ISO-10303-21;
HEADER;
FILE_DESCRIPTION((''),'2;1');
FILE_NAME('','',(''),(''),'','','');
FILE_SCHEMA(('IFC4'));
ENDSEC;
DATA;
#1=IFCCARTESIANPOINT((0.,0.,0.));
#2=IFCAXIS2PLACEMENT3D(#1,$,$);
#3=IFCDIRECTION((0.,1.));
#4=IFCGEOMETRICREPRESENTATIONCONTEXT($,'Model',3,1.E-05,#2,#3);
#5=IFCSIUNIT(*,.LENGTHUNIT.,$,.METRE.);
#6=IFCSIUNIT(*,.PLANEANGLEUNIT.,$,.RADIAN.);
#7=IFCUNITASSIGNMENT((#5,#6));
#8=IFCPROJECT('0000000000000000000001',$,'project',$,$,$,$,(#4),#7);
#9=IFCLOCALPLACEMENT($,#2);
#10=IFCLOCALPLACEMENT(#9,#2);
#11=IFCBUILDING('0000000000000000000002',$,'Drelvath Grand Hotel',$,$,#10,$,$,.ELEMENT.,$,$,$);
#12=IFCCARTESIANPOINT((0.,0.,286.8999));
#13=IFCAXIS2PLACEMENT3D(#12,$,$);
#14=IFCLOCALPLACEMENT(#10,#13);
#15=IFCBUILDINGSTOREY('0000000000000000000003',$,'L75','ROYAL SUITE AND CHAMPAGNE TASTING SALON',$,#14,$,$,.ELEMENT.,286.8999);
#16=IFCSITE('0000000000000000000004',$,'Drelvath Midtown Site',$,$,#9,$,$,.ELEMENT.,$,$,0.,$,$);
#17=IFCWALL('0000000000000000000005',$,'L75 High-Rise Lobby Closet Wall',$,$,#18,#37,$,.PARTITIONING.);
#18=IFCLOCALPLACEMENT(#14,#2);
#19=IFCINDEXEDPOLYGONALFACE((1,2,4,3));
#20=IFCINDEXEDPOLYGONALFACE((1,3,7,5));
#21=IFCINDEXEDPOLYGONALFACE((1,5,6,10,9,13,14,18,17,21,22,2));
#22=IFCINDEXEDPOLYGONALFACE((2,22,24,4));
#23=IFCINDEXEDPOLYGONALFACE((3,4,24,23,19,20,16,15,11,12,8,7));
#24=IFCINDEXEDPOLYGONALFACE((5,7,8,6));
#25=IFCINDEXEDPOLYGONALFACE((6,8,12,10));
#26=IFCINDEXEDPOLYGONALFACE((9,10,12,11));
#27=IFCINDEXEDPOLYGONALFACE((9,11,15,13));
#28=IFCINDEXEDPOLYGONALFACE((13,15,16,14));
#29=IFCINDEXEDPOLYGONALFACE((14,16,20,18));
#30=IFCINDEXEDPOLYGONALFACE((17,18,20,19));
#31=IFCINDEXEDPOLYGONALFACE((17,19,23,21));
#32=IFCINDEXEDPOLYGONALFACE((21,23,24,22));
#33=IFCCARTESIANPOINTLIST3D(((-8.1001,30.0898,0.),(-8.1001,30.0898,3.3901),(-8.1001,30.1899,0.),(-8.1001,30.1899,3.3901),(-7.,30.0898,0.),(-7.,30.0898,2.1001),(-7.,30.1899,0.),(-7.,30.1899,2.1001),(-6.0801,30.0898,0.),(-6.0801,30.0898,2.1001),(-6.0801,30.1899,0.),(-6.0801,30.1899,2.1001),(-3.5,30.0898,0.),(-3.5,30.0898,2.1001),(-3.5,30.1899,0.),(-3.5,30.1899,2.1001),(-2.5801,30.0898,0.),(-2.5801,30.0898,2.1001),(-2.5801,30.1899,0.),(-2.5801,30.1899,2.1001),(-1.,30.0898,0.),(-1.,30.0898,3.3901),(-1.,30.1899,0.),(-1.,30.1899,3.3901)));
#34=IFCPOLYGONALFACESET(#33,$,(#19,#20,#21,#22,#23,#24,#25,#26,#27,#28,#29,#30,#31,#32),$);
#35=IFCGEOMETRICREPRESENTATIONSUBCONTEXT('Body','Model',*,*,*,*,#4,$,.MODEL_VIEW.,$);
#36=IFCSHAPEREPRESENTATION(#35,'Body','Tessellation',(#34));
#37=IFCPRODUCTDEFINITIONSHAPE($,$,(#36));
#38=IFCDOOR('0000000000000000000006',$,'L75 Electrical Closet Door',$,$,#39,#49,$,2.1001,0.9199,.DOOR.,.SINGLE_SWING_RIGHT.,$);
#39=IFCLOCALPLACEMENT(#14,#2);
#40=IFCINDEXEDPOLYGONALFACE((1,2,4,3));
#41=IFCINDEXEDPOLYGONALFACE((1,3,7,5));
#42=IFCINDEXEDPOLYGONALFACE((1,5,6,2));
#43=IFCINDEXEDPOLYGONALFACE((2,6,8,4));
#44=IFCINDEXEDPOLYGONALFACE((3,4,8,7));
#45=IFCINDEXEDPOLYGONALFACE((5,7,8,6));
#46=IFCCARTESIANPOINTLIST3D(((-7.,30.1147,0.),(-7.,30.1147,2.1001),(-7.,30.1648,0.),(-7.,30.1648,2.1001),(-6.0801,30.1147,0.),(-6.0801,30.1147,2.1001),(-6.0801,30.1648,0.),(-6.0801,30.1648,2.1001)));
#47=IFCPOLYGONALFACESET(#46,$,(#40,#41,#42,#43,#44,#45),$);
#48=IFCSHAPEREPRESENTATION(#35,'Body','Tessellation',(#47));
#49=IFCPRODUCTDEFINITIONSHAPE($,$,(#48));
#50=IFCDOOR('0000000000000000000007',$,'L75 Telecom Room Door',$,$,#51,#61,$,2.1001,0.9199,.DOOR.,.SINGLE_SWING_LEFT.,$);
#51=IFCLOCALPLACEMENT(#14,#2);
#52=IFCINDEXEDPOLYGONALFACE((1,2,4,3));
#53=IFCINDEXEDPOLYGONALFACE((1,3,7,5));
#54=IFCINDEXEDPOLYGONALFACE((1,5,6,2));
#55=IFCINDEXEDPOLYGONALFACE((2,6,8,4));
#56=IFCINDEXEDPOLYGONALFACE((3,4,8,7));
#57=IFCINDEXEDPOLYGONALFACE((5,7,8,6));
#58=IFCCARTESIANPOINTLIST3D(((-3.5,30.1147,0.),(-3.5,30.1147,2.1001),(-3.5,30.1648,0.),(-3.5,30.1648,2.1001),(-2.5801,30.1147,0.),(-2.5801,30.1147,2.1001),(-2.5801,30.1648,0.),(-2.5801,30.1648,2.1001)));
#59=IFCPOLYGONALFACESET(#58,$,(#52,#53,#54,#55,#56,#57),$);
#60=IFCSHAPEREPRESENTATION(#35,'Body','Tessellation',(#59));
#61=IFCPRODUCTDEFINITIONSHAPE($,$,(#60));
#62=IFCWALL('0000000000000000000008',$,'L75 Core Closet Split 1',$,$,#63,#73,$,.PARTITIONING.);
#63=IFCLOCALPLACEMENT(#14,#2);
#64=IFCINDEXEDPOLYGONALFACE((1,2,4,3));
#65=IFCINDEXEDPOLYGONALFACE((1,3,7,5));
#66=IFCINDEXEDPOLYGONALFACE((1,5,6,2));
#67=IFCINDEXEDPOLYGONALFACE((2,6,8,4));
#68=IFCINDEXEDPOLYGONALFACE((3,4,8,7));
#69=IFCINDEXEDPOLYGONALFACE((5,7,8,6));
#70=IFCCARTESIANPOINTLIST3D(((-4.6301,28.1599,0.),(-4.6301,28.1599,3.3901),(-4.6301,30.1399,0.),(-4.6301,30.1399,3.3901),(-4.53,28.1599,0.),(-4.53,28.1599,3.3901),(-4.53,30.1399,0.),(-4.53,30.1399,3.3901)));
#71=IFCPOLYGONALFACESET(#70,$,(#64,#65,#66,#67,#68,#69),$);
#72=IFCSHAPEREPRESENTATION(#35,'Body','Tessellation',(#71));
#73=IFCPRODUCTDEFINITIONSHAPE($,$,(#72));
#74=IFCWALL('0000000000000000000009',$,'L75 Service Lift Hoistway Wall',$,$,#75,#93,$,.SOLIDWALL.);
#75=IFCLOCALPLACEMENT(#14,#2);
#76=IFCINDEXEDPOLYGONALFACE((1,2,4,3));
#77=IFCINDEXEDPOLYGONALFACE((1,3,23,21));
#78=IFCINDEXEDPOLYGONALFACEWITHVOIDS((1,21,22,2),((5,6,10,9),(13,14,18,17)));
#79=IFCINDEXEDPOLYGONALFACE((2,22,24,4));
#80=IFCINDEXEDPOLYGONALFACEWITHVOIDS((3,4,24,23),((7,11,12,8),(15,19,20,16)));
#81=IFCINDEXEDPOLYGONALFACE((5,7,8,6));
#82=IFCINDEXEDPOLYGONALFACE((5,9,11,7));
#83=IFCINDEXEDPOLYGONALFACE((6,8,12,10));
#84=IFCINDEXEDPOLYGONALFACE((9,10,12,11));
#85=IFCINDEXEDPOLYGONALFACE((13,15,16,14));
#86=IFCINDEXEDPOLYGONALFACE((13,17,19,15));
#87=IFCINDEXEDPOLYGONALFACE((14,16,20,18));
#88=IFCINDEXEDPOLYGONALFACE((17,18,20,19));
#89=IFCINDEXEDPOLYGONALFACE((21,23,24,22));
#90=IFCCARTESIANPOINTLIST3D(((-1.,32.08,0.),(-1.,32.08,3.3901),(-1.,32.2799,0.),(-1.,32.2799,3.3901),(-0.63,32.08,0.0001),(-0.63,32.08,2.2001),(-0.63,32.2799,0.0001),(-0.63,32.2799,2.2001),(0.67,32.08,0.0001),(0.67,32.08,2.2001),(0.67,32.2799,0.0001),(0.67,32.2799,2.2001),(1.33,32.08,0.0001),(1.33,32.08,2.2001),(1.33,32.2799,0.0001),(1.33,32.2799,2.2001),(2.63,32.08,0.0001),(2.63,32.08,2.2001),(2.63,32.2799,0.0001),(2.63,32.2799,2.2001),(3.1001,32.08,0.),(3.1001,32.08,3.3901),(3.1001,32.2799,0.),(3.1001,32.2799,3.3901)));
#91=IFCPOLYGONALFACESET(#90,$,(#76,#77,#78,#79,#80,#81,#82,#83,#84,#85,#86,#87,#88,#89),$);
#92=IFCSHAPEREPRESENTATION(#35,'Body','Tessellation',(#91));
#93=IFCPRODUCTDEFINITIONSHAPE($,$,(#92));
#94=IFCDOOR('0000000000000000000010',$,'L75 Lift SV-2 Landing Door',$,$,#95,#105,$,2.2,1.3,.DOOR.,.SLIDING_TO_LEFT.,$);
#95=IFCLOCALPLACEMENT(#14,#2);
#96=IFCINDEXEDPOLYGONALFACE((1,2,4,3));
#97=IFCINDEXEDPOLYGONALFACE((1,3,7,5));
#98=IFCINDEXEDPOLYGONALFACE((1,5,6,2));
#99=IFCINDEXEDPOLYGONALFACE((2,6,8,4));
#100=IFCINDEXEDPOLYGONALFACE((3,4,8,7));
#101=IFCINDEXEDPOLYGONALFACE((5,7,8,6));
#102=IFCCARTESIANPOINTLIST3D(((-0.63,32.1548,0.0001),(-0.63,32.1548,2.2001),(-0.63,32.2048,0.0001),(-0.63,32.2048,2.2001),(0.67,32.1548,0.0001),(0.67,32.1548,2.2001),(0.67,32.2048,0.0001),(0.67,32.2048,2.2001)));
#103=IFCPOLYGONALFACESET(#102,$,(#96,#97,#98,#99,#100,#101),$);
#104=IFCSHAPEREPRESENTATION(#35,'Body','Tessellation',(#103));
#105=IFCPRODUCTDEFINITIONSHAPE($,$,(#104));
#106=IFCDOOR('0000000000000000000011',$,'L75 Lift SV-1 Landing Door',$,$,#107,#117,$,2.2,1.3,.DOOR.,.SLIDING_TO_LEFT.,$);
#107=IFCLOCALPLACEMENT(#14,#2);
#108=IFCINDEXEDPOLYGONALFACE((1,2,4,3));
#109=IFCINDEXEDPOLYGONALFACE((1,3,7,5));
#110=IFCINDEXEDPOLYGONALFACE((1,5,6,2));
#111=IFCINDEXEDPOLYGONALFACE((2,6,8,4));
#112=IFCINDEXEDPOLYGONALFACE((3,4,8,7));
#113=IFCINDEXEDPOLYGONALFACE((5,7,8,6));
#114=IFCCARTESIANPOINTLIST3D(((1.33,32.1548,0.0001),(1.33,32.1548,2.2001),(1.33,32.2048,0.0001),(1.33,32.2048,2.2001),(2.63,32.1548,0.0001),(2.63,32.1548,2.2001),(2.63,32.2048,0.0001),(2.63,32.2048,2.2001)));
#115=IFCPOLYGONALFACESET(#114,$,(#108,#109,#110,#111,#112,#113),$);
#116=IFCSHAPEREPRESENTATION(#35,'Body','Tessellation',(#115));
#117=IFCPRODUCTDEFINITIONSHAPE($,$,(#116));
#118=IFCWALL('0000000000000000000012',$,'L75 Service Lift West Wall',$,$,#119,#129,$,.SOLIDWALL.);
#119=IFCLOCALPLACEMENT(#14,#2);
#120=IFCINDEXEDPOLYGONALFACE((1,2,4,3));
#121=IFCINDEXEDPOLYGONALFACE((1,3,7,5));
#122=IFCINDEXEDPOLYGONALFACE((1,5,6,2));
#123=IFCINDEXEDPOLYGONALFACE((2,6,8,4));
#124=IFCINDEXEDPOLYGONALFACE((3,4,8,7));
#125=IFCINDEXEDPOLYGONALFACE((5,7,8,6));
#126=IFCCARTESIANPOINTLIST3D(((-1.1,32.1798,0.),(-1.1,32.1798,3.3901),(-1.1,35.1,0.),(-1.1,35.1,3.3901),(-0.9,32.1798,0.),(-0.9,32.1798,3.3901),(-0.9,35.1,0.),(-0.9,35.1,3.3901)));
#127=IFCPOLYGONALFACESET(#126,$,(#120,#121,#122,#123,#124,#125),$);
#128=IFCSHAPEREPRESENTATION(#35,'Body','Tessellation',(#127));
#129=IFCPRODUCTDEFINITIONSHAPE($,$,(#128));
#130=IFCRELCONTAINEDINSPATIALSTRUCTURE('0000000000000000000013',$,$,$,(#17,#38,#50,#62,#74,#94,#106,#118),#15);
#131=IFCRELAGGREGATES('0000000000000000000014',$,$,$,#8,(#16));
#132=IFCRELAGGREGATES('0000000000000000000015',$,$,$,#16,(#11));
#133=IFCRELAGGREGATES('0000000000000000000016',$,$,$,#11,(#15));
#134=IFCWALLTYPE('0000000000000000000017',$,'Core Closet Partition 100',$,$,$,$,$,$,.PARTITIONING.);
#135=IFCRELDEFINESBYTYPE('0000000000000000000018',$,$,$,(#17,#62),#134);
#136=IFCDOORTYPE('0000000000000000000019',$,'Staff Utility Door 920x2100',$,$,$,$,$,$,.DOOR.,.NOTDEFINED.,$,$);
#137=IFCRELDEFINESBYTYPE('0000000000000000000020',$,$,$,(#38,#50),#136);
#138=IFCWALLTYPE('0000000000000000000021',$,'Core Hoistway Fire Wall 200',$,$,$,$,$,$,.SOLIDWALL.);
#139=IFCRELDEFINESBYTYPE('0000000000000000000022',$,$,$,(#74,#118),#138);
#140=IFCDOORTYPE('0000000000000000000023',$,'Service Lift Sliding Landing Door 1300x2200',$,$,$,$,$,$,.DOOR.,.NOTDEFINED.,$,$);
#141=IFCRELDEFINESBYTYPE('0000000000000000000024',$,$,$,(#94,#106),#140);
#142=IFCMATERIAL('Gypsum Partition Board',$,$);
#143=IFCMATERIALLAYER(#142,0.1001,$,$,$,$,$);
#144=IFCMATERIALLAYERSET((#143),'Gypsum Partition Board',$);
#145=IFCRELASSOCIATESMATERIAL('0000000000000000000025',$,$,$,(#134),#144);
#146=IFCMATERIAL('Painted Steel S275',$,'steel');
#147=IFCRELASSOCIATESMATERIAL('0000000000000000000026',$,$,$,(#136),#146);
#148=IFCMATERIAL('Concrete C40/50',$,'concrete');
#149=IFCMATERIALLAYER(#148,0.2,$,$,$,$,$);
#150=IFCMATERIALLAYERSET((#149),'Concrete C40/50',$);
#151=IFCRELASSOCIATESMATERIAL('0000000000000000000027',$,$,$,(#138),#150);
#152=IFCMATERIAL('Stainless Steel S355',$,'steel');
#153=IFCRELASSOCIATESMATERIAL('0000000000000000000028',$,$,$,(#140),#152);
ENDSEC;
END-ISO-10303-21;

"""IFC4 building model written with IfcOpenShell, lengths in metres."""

from ifc_helpers import new_model, si_unit, direction, frame, frame_2d, origin, place, context, subcontext, project, spatial, rectangle, extrude, material, layer, layer_set, type_object, element, fill, save


model = new_model("IFC4")

# Units and contexts
model_context = context("Model", 3, precision=1e-05, world=origin(), true_north=direction((0.0, 1.0)))
body_context = subcontext(model_context, "Body", "Model", "MODEL_VIEW")
ifc_project = project(units=[si_unit("LENGTHUNIT", "METRE"), si_unit("PLANEANGLEUNIT", "RADIAN")], contexts=[model_context])

# Site, building, storey
site_placement = place(None, origin())
site = spatial("IfcSite", under=ifc_project, at=site_placement, Name="Drelvath Midtown Site", CompositionType="ELEMENT", RefElevation=0.0)
building_placement = place(site_placement, origin())
building = spatial("IfcBuilding", under=site, at=building_placement, Name="Drelvath Grand Hotel", CompositionType="ELEMENT")
storey_placement = place(building_placement, frame((0.0, 0.0, 286.8999)))
storey = spatial("IfcBuildingStorey", under=building, at=storey_placement, Name="L75", Description="ROYAL SUITE AND CHAMPAGNE TASTING SALON", CompositionType="ELEMENT", Elevation=286.8999)

# Wall, openings, doors
ifc_material_1 = material(Name="Gypsum Partition Board")
ifc_layer_1 = layer(ifc_material_1, 0.1001)
ifc_layer_set_1 = layer_set([ifc_layer_1], Name="Gypsum Partition Board")
wall_type_1 = type_object("IfcWallType", Name="Core Closet Partition 100", PredefinedType="PARTITIONING", material=ifc_layer_set_1)
wall_1_placement = place(storey_placement, frame((-8.1001, 30.1399, 0.0), z_axis=(0.0, 0.0, 1.0), x_axis=(1.0, 0.0, 0.0)))
wall_1 = element("IfcWall", 1, at=wall_1_placement, inside=storey, type_object=wall_type_1, Name="L75 High-Rise Lobby Closet Wall", PredefinedType="PARTITIONING", context=body_context, shape_type="SweptSolid", body=[
    extrude(rectangle(XDim=7.1001, YDim=0.1001, at=frame_2d((3.55, 0.0))), origin(), (0.0, 0.0, 1.0), 3.3901),
])
opening_1_placement = place(wall_1_placement, frame((1.1001, 0.0, 0.0)))
opening_1 = element("IfcOpeningElement", 2, at=opening_1_placement, cuts=wall_1, PredefinedType="OPENING", context=body_context, shape_type="SweptSolid", body=[
    extrude(rectangle(XDim=0.9199, YDim=2.1001, at=frame_2d((0.46, 1.05))), frame((0.0, 0.0601, 0.0), z_axis=(0.0, -1.0, 0.0), x_axis=(1.0, 0.0, 0.0)), (0.0, 0.0, 1.0), 0.1201),
])
opening_2_placement = place(wall_1_placement, frame((4.6001, 0.0, 0.0)))
opening_2 = element("IfcOpeningElement", 3, at=opening_2_placement, cuts=wall_1, PredefinedType="OPENING", context=body_context, shape_type="SweptSolid", body=[
    extrude(rectangle(XDim=0.9199, YDim=2.1001, at=frame_2d((0.46, 1.05))), frame((0.0, 0.0601, 0.0), z_axis=(0.0, -1.0, 0.0), x_axis=(1.0, 0.0, 0.0)), (0.0, 0.0, 1.0), 0.1201),
])
ifc_material_2 = material(Name="Painted Steel S275", Category="steel")
door_type_1 = type_object("IfcDoorType", Name="Staff Utility Door 920x2100", OperationType="NOTDEFINED", PredefinedType="DOOR", material=ifc_material_2)
door_1_placement = place(opening_1_placement, origin())
door_1 = element("IfcDoor", 4, at=door_1_placement, inside=storey, type_object=door_type_1, Name="L75 Electrical Closet Door", OperationType="SINGLE_SWING_RIGHT", OverallHeight=2.1001, OverallWidth=0.9199, PredefinedType="DOOR", context=body_context, shape_type="SweptSolid", body=[
    extrude(rectangle(XDim=0.9199, YDim=2.1001, at=frame_2d((0.46, 1.05))), frame((0.0, 0.0249, 0.0), z_axis=(0.0, -1.0, 0.0), x_axis=(1.0, 0.0, 0.0)), (0.0, 0.0, 1.0), 0.05),
])
fill(opening_1, door_1)
door_2_placement = place(opening_2_placement, origin())
door_2 = element("IfcDoor", 5, at=door_2_placement, inside=storey, type_object=door_type_1, Name="L75 Telecom Room Door", OperationType="SINGLE_SWING_LEFT", OverallHeight=2.1001, OverallWidth=0.9199, PredefinedType="DOOR", context=body_context, shape_type="SweptSolid", body=[
    extrude(rectangle(XDim=0.9199, YDim=2.1001, at=frame_2d((0.46, 1.05))), frame((0.0, 0.0249, 0.0), z_axis=(0.0, -1.0, 0.0), x_axis=(1.0, 0.0, 0.0)), (0.0, 0.0, 1.0), 0.05),
])
fill(opening_2, door_2)

# Wall
wall_2_placement = place(storey_placement, frame((-4.5801, 28.1599, 0.0), z_axis=(0.0, 0.0, 1.0), x_axis=(0.0, 1.0, 0.0)))
element("IfcWall", 6, at=wall_2_placement, inside=storey, type_object=wall_type_1, Name="L75 Core Closet Split 1", PredefinedType="PARTITIONING", context=body_context, shape_type="SweptSolid", body=[
    extrude(rectangle(XDim=1.98, YDim=0.1001, at=frame_2d((0.99, 0.0))), origin(), (0.0, 0.0, 1.0), 3.3901),
])

# Wall, openings, doors
ifc_material_3 = material(Name="Concrete C40/50", Category="concrete")
ifc_layer_2 = layer(ifc_material_3, 0.2)
ifc_layer_set_2 = layer_set([ifc_layer_2], Name="Concrete C40/50")
wall_type_2 = type_object("IfcWallType", Name="Core Hoistway Fire Wall 200", PredefinedType="SOLIDWALL", material=ifc_layer_set_2)
wall_3_placement = place(storey_placement, frame((-1.0, 32.1799, 0.0), z_axis=(0.0, 0.0, 1.0), x_axis=(1.0, 0.0, 0.0)))
wall_3 = element("IfcWall", 7, at=wall_3_placement, inside=storey, type_object=wall_type_2, Name="L75 Service Lift Hoistway Wall", PredefinedType="SOLIDWALL", context=body_context, shape_type="SweptSolid", body=[
    extrude(rectangle(XDim=4.1001, YDim=0.2, at=frame_2d((2.05, 0.0))), origin(), (0.0, 0.0, 1.0), 3.3901),
])
opening_3_placement = place(wall_3_placement, frame((0.3701, 0.0, 0.0)))
opening_3 = element("IfcOpeningElement", 8, at=opening_3_placement, cuts=wall_3, PredefinedType="OPENING", context=body_context, shape_type="SweptSolid", body=[
    extrude(rectangle(XDim=1.3, YDim=2.2, at=frame_2d((0.6499, 1.1001))), frame((0.0, 0.1099, 0.0), z_axis=(0.0, -1.0, 0.0), x_axis=(1.0, 0.0, 0.0)), (0.0, 0.0, 1.0), 0.22),
])
opening_4_placement = place(wall_3_placement, frame((2.3301, 0.0, 0.0)))
opening_4 = element("IfcOpeningElement", 9, at=opening_4_placement, cuts=wall_3, PredefinedType="OPENING", context=body_context, shape_type="SweptSolid", body=[
    extrude(rectangle(XDim=1.3, YDim=2.2, at=frame_2d((0.6499, 1.1001))), frame((0.0, 0.1099, 0.0), z_axis=(0.0, -1.0, 0.0), x_axis=(1.0, 0.0, 0.0)), (0.0, 0.0, 1.0), 0.22),
])
ifc_material_4 = material(Name="Stainless Steel S355", Category="steel")
door_type_2 = type_object("IfcDoorType", Name="Service Lift Sliding Landing Door 1300x2200", OperationType="NOTDEFINED", PredefinedType="DOOR", material=ifc_material_4)
door_3_placement = place(opening_3_placement, origin())
door_3 = element("IfcDoor", 10, at=door_3_placement, inside=storey, type_object=door_type_2, Name="L75 Lift SV-2 Landing Door", OperationType="SLIDING_TO_LEFT", OverallHeight=2.2, OverallWidth=1.3, PredefinedType="DOOR", context=body_context, shape_type="SweptSolid", body=[
    extrude(rectangle(XDim=1.3, YDim=2.2, at=frame_2d((0.6499, 1.1001))), frame((0.0, 0.0249, 0.0), z_axis=(0.0, -1.0, 0.0), x_axis=(1.0, 0.0, 0.0)), (0.0, 0.0, 1.0), 0.05),
])
fill(opening_3, door_3)
door_4_placement = place(opening_4_placement, origin())
door_4 = element("IfcDoor", 11, at=door_4_placement, inside=storey, type_object=door_type_2, Name="L75 Lift SV-1 Landing Door", OperationType="SLIDING_TO_LEFT", OverallHeight=2.2, OverallWidth=1.3, PredefinedType="DOOR", context=body_context, shape_type="SweptSolid", body=[
    extrude(rectangle(XDim=1.3, YDim=2.2, at=frame_2d((0.6499, 1.1001))), frame((0.0, 0.0249, 0.0), z_axis=(0.0, -1.0, 0.0), x_axis=(1.0, 0.0, 0.0)), (0.0, 0.0, 1.0), 0.05),
])
fill(opening_4, door_4)

# Wall
wall_4_placement = place(storey_placement, frame((-1.0, 32.1799, 0.0), z_axis=(0.0, 0.0, 1.0), x_axis=(0.0, 1.0, 0.0)))
element("IfcWall", 12, at=wall_4_placement, inside=storey, type_object=wall_type_2, Name="L75 Service Lift West Wall", PredefinedType="SOLIDWALL", context=body_context, shape_type="SweptSolid", body=[
    extrude(rectangle(XDim=2.9202, YDim=0.2, at=frame_2d((1.46, 0.0))), origin(), (0.0, 0.0, 1.0), 3.3901),
])

save(model, "model.ifc")
